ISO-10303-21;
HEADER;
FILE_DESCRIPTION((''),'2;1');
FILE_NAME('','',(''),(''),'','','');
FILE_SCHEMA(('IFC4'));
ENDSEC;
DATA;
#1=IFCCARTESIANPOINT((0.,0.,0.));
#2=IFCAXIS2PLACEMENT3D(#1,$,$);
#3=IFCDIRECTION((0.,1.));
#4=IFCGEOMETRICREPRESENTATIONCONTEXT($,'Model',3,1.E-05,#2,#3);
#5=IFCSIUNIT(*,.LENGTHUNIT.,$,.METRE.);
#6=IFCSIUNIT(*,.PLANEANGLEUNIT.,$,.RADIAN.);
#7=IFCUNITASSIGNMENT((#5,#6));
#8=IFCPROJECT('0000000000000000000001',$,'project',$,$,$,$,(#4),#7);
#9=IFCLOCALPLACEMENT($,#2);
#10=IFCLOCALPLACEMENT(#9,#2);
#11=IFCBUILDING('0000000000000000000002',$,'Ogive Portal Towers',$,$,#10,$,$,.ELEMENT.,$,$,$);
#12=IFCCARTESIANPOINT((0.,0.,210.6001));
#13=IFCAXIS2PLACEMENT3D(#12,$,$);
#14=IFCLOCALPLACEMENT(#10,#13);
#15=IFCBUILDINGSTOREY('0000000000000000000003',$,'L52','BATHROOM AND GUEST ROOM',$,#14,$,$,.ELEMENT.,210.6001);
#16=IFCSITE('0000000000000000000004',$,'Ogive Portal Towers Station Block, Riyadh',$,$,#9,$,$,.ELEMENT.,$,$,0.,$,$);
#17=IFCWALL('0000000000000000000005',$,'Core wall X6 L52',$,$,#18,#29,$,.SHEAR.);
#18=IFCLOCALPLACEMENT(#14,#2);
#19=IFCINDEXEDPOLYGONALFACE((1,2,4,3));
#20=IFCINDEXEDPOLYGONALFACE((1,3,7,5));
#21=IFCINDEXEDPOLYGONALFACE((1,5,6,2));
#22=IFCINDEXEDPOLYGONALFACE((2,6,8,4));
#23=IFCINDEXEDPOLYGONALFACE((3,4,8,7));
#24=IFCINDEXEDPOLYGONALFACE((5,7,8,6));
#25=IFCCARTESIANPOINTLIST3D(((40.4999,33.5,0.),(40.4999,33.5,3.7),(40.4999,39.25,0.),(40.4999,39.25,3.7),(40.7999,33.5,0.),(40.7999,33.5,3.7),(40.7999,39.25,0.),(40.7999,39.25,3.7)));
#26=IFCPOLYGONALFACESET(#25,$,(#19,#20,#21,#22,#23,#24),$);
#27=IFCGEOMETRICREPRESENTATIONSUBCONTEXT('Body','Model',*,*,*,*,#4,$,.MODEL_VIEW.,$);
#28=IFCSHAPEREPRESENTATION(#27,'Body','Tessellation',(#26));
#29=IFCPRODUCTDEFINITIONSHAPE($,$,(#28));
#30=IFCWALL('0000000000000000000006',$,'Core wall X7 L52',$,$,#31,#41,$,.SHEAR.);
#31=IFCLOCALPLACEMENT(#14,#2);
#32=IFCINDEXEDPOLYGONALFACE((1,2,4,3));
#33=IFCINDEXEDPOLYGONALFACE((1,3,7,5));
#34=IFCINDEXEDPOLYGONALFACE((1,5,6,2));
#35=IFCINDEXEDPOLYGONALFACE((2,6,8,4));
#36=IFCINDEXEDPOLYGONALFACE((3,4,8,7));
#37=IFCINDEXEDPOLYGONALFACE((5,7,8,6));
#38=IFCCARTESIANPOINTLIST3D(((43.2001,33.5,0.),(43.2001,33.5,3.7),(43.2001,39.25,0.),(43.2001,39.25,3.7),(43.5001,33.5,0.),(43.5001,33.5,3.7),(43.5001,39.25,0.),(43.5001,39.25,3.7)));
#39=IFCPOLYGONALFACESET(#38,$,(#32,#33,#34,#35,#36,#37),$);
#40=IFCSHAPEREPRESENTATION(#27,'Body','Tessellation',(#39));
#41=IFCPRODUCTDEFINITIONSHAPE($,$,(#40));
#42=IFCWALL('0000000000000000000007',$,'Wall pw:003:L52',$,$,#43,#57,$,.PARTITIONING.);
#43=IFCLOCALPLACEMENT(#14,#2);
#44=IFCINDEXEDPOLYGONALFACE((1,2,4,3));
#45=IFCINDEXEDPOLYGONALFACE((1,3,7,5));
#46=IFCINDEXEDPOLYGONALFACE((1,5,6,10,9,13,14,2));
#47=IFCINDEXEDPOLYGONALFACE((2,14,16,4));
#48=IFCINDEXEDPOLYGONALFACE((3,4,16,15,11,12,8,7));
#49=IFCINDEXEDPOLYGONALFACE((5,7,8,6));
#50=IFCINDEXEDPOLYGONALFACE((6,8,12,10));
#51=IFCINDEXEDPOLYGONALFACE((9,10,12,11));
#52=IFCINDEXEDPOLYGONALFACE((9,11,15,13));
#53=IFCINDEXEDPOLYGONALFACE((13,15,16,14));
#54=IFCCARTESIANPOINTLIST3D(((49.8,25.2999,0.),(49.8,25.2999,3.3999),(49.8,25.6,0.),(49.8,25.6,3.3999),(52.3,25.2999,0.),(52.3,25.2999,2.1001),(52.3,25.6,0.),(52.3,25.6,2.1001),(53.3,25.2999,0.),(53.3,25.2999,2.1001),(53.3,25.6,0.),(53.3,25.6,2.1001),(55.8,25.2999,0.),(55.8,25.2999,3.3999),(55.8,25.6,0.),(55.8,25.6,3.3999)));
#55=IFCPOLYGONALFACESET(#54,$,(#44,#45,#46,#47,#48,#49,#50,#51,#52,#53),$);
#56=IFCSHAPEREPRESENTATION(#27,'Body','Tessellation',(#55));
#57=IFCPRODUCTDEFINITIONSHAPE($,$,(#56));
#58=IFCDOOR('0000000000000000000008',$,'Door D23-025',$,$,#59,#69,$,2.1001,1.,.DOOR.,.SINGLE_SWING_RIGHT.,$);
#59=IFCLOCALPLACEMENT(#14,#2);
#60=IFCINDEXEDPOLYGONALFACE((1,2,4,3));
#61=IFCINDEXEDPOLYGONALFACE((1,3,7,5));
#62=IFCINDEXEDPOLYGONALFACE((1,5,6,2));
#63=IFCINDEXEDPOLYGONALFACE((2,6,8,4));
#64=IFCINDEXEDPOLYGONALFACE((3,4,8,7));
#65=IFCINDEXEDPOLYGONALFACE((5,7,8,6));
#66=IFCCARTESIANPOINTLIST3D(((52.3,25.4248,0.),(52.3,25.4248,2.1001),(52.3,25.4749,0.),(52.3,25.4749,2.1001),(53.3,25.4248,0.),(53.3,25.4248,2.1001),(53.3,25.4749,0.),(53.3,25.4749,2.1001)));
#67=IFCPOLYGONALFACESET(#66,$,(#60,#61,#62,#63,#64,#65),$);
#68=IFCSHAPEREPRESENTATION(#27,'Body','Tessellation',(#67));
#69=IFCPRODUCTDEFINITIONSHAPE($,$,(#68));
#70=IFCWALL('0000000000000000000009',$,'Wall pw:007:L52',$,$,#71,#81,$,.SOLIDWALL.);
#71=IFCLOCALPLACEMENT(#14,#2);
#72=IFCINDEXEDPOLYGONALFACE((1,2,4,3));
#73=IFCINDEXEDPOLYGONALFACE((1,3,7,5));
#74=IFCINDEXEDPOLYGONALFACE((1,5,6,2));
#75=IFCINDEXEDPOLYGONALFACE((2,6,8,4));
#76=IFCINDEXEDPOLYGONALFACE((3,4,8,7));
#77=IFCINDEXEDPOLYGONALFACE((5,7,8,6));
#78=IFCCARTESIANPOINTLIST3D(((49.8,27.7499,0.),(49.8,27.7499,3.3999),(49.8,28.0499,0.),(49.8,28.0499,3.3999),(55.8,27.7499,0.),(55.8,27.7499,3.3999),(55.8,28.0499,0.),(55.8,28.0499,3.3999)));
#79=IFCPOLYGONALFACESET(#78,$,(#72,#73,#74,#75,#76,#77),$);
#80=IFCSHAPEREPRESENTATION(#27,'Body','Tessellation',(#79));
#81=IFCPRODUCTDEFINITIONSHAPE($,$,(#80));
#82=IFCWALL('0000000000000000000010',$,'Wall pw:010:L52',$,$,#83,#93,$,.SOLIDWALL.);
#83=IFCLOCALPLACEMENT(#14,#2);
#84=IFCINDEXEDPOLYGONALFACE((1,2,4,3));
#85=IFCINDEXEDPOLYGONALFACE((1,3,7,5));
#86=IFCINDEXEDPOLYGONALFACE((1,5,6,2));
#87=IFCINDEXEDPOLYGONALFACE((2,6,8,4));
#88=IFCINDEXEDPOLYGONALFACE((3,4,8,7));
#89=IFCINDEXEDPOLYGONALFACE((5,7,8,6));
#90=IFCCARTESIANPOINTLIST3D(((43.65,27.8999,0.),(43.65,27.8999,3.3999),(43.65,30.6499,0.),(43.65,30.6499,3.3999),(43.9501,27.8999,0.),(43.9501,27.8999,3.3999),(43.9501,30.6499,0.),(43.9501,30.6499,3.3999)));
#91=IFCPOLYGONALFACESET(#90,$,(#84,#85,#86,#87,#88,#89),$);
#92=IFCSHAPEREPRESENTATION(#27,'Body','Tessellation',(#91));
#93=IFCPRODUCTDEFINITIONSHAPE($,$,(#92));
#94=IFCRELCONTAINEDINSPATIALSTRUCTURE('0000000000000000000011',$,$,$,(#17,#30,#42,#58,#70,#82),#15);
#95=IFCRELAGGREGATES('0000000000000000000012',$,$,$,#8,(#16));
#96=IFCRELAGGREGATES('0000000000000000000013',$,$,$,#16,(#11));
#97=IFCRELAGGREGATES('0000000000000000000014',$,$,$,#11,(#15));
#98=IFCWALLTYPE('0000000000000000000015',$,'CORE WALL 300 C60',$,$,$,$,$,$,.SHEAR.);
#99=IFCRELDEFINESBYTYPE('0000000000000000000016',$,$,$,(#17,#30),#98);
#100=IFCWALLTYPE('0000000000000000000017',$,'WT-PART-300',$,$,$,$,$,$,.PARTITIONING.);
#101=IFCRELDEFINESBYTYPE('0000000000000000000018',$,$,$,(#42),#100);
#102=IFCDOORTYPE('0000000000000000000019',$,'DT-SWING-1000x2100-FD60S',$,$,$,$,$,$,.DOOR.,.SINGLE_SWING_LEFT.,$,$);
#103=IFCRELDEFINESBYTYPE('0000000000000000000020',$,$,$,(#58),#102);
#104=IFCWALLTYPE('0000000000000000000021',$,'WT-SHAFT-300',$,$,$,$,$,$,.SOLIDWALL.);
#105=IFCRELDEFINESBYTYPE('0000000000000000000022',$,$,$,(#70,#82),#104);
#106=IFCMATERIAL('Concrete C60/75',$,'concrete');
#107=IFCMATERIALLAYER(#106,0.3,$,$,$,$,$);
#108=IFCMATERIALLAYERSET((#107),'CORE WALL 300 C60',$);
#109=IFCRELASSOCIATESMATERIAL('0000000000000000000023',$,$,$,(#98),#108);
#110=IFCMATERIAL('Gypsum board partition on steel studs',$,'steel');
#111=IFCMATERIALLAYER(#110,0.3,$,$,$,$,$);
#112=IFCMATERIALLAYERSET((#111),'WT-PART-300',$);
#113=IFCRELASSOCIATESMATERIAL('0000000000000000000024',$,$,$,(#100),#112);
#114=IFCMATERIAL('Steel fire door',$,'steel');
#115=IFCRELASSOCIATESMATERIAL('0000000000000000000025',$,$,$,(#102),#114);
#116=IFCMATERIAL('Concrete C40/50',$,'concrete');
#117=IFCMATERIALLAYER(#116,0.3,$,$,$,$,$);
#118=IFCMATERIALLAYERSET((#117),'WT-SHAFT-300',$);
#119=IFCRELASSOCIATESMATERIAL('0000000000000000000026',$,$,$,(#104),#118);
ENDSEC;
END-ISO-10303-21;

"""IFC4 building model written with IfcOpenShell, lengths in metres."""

from ifc_helpers import new_model, si_unit, direction, frame, frame_2d, origin, place, context, subcontext, project, spatial, rectangle, extrude, material, layer, layer_set, type_object, element, fill, save


model = new_model("IFC4")

# Units and contexts
model_context = context("Model", 3, precision=1e-05, world=origin(), true_north=direction((0.0, 1.0)))
body_context = subcontext(model_context, "Body", "Model", "MODEL_VIEW")
ifc_project = project(units=[si_unit("LENGTHUNIT", "METRE"), si_unit("PLANEANGLEUNIT", "RADIAN")], contexts=[model_context])

# Site, building, storey
site_placement = place(None, origin())
site = spatial("IfcSite", under=ifc_project, at=site_placement, Name="Ogive Portal Towers Station Block, Riyadh", CompositionType="ELEMENT", RefElevation=0.0)
building_placement = place(site_placement, origin())
building = spatial("IfcBuilding", under=site, at=building_placement, Name="Ogive Portal Towers", CompositionType="ELEMENT")
storey_placement = place(building_placement, frame((0.0, 0.0, 210.6001)))
storey = spatial("IfcBuildingStorey", under=building, at=storey_placement, Name="L52", Description="BATHROOM AND GUEST ROOM", CompositionType="ELEMENT", Elevation=210.6001)

# Walls
ifc_material_1 = material(Name="Concrete C60/75", Category="concrete")
ifc_layer_1 = layer(ifc_material_1, 0.3)
ifc_layer_set_1 = layer_set([ifc_layer_1], Name="CORE WALL 300 C60")
wall_type_1 = type_object("IfcWallType", Name="CORE WALL 300 C60", PredefinedType="SHEAR", material=ifc_layer_set_1)
for number, where, z_axis, x_axis, name in (
    (1, (40.6499, 33.5, 0.0), (0.0, 0.0, 1.0), (0.0, 1.0, 0.0), "Core wall X6 L52"),
    (2, (43.3501, 33.5, 0.0), (0.0, 0.0, 1.0), (0.0, 1.0, 0.0), "Core wall X7 L52"),
):
    element("IfcWall", number, at=place(storey_placement, frame(where, z_axis=z_axis, x_axis=x_axis)), inside=storey, type_object=wall_type_1, Name=name, PredefinedType="SHEAR", context=body_context, shape_type="SweptSolid", body=[
        extrude(rectangle(XDim=5.75, YDim=0.3, at=frame_2d((2.875, 0.0))), origin(), (0.0, 0.0, 1.0), 3.7),
    ])

# Wall, opening, door
ifc_material_2 = material(Name="Gypsum board partition on steel studs", Category="steel")
ifc_layer_2 = layer(ifc_material_2, 0.3)
ifc_layer_set_2 = layer_set([ifc_layer_2], Name="WT-PART-300")
wall_type_2 = type_object("IfcWallType", Name="WT-PART-300", PredefinedType="PARTITIONING", material=ifc_layer_set_2)
wall_1_placement = place(storey_placement, frame((49.8, 25.45, 0.0), z_axis=(0.0, 0.0, 1.0), x_axis=(1.0, 0.0, 0.0)))
wall_1 = element("IfcWall", 3, at=wall_1_placement, inside=storey, type_object=wall_type_2, Name="Wall pw:003:L52", PredefinedType="PARTITIONING", context=body_context, shape_type="SweptSolid", body=[
    extrude(rectangle(XDim=6.0, YDim=0.3, at=frame_2d((3.0, 0.0))), origin(), (0.0, 0.0, 1.0), 3.3999),
])
opening_1_placement = place(wall_1_placement, frame((2.5, 0.0, 0.0)))
opening_1 = element("IfcOpeningElement", 4, at=opening_1_placement, cuts=wall_1, PredefinedType="OPENING", context=body_context, shape_type="SweptSolid", body=[
    extrude(rectangle(XDim=1.0, YDim=2.1001, at=frame_2d((0.5, 1.05))), frame((0.0, 0.1602, 0.0), z_axis=(0.0, -1.0, 0.0), x_axis=(1.0, 0.0, 0.0)), (0.0, 0.0, 1.0), 0.3201),
])
ifc_material_3 = material(Name="Steel fire door", Category="steel")
door_type_1 = type_object("IfcDoorType", Name="DT-SWING-1000x2100-FD60S", OperationType="SINGLE_SWING_LEFT", PredefinedType="DOOR", material=ifc_material_3)
door_1_placement = place(opening_1_placement, origin())
door_1 = element("IfcDoor", 5, at=door_1_placement, inside=storey, type_object=door_type_1, Name="Door D23-025", OperationType="SINGLE_SWING_RIGHT", OverallHeight=2.1001, OverallWidth=1.0, PredefinedType="DOOR", context=body_context, shape_type="SweptSolid", body=[
    extrude(rectangle(XDim=1.0, YDim=2.1001, at=frame_2d((0.5, 1.05))), frame((0.0, 0.0249, 0.0), z_axis=(0.0, -1.0, 0.0), x_axis=(1.0, 0.0, 0.0)), (0.0, 0.0, 1.0), 0.05),
])
fill(opening_1, door_1)

# Shared definitions
ifc_material_4 = material(Name="Concrete C40/50", Category="concrete")
ifc_layer_3 = layer(ifc_material_4, 0.3)
ifc_layer_set_3 = layer_set([ifc_layer_3], Name="WT-SHAFT-300")
wall_type_3 = type_object("IfcWallType", Name="WT-SHAFT-300", PredefinedType="SOLIDWALL", material=ifc_layer_set_3)

# Walls
wall_2_placement = place(storey_placement, frame((49.8, 27.8999, 0.0), z_axis=(0.0, 0.0, 1.0), x_axis=(1.0, 0.0, 0.0)))
element("IfcWall", 6, at=wall_2_placement, inside=storey, type_object=wall_type_3, Name="Wall pw:007:L52", PredefinedType="SOLIDWALL", context=body_context, shape_type="SweptSolid", body=[
    extrude(rectangle(XDim=6.0, YDim=0.3, at=frame_2d((3.0, 0.0))), origin(), (0.0, 0.0, 1.0), 3.3999),
])
wall_3_placement = place(storey_placement, frame((43.8, 27.8999, 0.0), z_axis=(0.0, 0.0, 1.0), x_axis=(0.0, 1.0, 0.0)))
element("IfcWall", 7, at=wall_3_placement, inside=storey, type_object=wall_type_3, Name="Wall pw:010:L52", PredefinedType="SOLIDWALL", context=body_context, shape_type="SweptSolid", body=[
    extrude(rectangle(XDim=2.75, YDim=0.3, at=frame_2d((1.375, 0.0))), origin(), (0.0, 0.0, 1.0), 3.3999),
])

save(model, "model.ifc")
